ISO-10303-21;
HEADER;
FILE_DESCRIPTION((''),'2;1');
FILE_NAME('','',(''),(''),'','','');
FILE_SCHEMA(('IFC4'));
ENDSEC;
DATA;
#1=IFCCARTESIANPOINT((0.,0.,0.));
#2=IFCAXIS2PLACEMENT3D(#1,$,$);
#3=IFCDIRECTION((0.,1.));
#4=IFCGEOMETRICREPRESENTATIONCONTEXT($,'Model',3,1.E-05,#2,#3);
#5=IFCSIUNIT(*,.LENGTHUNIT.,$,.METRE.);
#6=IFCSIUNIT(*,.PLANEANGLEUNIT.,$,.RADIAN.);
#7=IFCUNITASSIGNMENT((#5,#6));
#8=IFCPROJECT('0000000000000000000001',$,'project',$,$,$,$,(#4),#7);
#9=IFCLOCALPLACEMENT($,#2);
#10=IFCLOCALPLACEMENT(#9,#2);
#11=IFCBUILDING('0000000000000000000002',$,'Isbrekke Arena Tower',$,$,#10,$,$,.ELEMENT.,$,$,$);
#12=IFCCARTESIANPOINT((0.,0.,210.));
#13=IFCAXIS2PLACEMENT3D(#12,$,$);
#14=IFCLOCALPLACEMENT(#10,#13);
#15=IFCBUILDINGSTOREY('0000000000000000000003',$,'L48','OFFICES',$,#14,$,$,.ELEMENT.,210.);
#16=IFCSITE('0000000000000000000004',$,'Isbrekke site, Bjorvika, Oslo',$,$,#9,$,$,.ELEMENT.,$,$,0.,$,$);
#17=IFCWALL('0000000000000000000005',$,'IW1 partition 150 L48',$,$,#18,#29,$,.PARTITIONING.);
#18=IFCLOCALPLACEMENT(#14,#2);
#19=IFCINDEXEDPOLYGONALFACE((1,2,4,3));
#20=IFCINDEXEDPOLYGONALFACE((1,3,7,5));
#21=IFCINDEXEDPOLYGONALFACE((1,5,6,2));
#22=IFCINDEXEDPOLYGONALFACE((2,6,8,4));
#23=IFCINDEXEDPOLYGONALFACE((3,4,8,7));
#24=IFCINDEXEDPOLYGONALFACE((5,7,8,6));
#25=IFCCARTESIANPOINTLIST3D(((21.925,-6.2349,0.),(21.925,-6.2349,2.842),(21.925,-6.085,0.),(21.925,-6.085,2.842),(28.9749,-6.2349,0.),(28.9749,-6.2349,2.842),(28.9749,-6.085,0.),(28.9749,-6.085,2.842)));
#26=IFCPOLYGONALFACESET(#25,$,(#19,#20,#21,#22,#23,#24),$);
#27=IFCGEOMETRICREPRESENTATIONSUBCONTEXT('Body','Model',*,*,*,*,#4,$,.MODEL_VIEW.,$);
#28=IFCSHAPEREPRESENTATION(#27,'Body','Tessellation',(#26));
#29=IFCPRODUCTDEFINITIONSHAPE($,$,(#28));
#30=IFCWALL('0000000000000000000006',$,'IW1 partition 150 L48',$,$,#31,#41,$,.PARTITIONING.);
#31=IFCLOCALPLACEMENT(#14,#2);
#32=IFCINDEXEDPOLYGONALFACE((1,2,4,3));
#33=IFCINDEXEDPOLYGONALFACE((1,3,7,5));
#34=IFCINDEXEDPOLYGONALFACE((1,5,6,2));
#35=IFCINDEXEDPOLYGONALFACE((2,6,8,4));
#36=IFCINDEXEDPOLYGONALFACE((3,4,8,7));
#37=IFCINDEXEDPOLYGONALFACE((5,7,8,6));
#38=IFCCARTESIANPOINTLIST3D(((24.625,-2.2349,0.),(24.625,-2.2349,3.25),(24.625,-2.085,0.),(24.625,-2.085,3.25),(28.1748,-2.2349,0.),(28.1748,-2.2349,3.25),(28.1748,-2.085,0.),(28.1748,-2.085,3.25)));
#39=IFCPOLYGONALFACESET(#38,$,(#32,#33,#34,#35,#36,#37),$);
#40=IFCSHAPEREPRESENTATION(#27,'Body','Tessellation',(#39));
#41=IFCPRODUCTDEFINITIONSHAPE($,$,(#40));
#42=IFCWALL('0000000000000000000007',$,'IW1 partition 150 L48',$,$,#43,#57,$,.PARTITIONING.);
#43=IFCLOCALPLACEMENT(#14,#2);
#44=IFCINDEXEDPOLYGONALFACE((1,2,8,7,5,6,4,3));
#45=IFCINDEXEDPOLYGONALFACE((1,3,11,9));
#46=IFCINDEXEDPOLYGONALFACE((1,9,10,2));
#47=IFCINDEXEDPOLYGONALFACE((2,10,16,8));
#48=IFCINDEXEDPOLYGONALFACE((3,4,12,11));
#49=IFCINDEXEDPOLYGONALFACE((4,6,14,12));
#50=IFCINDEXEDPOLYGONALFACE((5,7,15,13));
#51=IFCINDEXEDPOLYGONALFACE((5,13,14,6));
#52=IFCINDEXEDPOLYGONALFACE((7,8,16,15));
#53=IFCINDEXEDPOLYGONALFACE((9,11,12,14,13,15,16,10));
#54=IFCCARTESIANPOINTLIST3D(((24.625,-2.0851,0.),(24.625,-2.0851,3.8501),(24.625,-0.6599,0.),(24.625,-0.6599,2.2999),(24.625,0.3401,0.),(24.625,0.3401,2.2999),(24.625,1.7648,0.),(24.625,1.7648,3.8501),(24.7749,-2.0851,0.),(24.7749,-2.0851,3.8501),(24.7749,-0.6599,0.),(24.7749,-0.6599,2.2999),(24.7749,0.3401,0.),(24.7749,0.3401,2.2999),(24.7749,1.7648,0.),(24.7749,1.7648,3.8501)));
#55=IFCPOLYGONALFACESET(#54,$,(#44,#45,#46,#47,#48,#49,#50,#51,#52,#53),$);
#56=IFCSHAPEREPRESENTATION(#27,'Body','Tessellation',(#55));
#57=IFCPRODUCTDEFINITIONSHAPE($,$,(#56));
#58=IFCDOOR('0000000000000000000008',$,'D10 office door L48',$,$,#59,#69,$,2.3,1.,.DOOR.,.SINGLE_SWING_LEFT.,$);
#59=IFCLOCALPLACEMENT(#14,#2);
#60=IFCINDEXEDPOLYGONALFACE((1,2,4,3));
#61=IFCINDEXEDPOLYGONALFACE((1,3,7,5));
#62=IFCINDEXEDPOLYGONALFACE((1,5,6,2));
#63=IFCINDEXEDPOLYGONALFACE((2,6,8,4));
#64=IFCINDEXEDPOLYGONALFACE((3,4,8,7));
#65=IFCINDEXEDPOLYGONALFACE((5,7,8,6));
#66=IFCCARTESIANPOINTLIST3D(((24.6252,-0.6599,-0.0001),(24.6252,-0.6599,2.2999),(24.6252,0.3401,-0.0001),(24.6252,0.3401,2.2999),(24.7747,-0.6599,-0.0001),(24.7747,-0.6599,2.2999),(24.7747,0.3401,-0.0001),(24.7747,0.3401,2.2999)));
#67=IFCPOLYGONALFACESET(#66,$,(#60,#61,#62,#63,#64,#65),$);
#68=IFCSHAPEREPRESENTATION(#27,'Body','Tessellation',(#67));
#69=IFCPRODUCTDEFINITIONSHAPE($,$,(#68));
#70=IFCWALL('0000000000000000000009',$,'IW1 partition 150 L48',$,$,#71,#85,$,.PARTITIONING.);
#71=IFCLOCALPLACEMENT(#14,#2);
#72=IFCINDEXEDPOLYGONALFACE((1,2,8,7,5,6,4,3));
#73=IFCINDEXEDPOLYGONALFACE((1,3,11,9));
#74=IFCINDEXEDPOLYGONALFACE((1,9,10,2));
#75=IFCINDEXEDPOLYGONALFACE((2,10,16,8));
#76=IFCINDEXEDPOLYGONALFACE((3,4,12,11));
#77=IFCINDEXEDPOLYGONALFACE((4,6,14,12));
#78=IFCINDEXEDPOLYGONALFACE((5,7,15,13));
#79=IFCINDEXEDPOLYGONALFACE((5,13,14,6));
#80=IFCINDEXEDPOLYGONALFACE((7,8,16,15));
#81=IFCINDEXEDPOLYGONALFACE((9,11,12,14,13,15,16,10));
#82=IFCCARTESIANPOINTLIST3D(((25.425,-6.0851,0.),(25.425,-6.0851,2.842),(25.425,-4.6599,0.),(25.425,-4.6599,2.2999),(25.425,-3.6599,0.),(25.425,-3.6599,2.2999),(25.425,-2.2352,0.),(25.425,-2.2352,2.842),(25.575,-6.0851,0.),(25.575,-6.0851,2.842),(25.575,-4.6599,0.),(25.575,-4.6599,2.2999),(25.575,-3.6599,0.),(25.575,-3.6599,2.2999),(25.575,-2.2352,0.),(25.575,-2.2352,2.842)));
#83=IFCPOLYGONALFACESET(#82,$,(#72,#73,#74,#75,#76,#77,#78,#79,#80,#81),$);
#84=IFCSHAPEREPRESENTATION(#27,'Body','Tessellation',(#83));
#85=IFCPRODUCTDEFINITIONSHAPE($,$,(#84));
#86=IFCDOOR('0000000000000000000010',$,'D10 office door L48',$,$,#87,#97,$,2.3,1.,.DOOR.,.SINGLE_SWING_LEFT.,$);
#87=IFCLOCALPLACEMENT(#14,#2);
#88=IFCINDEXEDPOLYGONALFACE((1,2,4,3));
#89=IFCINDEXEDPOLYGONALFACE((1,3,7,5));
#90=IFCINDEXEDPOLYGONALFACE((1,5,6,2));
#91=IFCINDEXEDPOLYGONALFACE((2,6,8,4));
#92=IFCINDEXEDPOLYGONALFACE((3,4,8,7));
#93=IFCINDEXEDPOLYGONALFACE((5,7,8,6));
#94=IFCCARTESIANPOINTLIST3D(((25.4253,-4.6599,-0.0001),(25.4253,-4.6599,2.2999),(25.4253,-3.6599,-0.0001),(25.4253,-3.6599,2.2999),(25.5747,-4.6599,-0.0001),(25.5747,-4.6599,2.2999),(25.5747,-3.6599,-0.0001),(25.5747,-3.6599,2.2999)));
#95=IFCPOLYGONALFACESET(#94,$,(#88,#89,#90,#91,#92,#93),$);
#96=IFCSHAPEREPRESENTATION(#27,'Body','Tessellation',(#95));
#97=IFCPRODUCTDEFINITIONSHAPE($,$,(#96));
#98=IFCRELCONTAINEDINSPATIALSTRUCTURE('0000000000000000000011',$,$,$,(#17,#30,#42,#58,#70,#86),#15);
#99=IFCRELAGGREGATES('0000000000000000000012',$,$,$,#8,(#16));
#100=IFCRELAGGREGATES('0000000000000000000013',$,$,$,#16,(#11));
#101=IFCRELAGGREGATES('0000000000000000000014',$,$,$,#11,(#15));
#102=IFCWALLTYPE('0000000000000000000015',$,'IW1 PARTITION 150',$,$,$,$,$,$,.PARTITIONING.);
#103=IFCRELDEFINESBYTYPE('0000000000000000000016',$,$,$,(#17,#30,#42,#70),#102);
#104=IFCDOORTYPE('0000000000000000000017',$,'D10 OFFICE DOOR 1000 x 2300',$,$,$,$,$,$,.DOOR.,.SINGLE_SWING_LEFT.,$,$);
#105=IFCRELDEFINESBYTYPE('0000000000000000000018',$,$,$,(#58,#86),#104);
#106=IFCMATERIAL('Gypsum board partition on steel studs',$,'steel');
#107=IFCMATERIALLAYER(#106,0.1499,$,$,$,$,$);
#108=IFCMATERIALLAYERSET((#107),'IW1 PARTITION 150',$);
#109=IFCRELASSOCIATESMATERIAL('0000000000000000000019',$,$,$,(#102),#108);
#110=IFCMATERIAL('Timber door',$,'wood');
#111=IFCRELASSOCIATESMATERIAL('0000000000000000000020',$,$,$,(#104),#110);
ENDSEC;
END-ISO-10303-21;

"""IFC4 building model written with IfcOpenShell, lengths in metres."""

from ifc_helpers import new_model, si_unit, direction, frame, frame_2d, origin, place, context, subcontext, project, spatial, rectangle, extrude, material, layer, layer_set, type_object, element, fill, save


model = new_model("IFC4")

# Units and contexts
model_context = context("Model", 3, precision=1e-05, world=origin(), true_north=direction((0.0, 1.0)))
body_context = subcontext(model_context, "Body", "Model", "MODEL_VIEW")
ifc_project = project(units=[si_unit("LENGTHUNIT", "METRE"), si_unit("PLANEANGLEUNIT", "RADIAN")], contexts=[model_context])

# Site, building, storey
site_placement = place(None, origin())
site = spatial("IfcSite", under=ifc_project, at=site_placement, Name="Isbrekke site, Bjorvika, Oslo", CompositionType="ELEMENT", RefElevation=0.0)
building_placement = place(site_placement, origin())
building = spatial("IfcBuilding", under=site, at=building_placement, Name="Isbrekke Arena Tower", CompositionType="ELEMENT")
storey_placement = place(building_placement, frame((0.0, 0.0, 210.0)))
storey = spatial("IfcBuildingStorey", under=building, at=storey_placement, Name="L48", Description="OFFICES", CompositionType="ELEMENT", Elevation=210.0)

# Walls
ifc_material_1 = material(Name="Gypsum board partition on steel studs", Category="steel")
ifc_layer_1 = layer(ifc_material_1, 0.1499)
ifc_layer_set_1 = layer_set([ifc_layer_1], Name="IW1 PARTITION 150")
wall_type = type_object("IfcWallType", Name="IW1 PARTITION 150", PredefinedType="PARTITIONING", material=ifc_layer_set_1)
wall_1_placement = place(storey_placement, frame((21.925, -6.1599, 0.0), z_axis=(0.0, 0.0, 1.0), x_axis=(1.0, 0.0, 0.0)))
element("IfcWall", 1, at=wall_1_placement, inside=storey, type_object=wall_type, Name="IW1 partition 150 L48", PredefinedType="PARTITIONING", context=body_context, shape_type="SweptSolid", body=[
    extrude(rectangle(XDim=7.0498, YDim=0.1499, at=frame_2d((3.5249, 0.0))), origin(), (0.0, 0.0, 1.0), 2.842),
])
wall_2_placement = place(storey_placement, frame((24.625, -2.1599, 0.0), z_axis=(0.0, 0.0, 1.0), x_axis=(1.0, 0.0, 0.0)))
element("IfcWall", 2, at=wall_2_placement, inside=storey, type_object=wall_type, Name="IW1 partition 150 L48", PredefinedType="PARTITIONING", context=body_context, shape_type="SweptSolid", body=[
    extrude(rectangle(XDim=3.5498, YDim=0.1499, at=frame_2d((1.7749, 0.0))), origin(), (0.0, 0.0, 1.0), 3.25),
])

# Walls, openings, doors
wall_3_placement = place(storey_placement, frame((24.7, -2.085, 0.0), z_axis=(0.0, 0.0, 1.0), x_axis=(0.0, 1.0, 0.0)))
wall_3 = element("IfcWall", 3, at=wall_3_placement, inside=storey, type_object=wall_type, Name="IW1 partition 150 L48", PredefinedType="PARTITIONING", context=body_context, shape_type="SweptSolid", body=[
    extrude(rectangle(XDim=3.8499, YDim=0.1499, at=frame_2d((1.9248, 0.0))), origin(), (0.0, 0.0, 1.0), 3.8501),
])
opening_1_placement = place(wall_3_placement, frame((1.425, 0.0, 0.0)))
opening_1 = element("IfcOpeningElement", 4, at=opening_1_placement, cuts=wall_3, PredefinedType="OPENING", context=body_context, shape_type="SweptSolid", body=[
    extrude(rectangle(XDim=1.0, YDim=2.3, at=frame_2d((0.5, 1.1499))), frame((0.0, 0.0898, 0.0), z_axis=(0.0, -1.0, 0.0), x_axis=(1.0, 0.0, 0.0)), (0.0, 0.0, 1.0), 0.1797),
])
ifc_material_2 = material(Name="Timber door", Category="wood")
door_type = type_object("IfcDoorType", Name="D10 OFFICE DOOR 1000 x 2300", OperationType="SINGLE_SWING_LEFT", PredefinedType="DOOR", material=ifc_material_2)
door_1_placement = place(opening_1_placement, origin())
door_1 = element("IfcDoor", 5, at=door_1_placement, inside=storey, type_object=door_type, Name="D10 office door L48", OperationType="SINGLE_SWING_LEFT", OverallHeight=2.3, OverallWidth=1.0, PredefinedType="DOOR", context=body_context, shape_type="SweptSolid", body=[
    extrude(rectangle(XDim=1.0, YDim=2.3, at=frame_2d((0.5, 1.1499))), frame((0.0, 0.0747, 0.0), z_axis=(0.0, -1.0, 0.0), x_axis=(1.0, 0.0, 0.0)), (0.0, 0.0, 1.0), 0.1494),
])
fill(opening_1, door_1)
wall_4_placement = place(storey_placement, frame((25.5, -6.085, 0.0), z_axis=(0.0, 0.0, 1.0), x_axis=(0.0, 1.0, 0.0)))
wall_4 = element("IfcWall", 6, at=wall_4_placement, inside=storey, type_object=wall_type, Name="IW1 partition 150 L48", PredefinedType="PARTITIONING", context=body_context, shape_type="SweptSolid", body=[
    extrude(rectangle(XDim=3.8499, YDim=0.1499, at=frame_2d((1.9248, 0.0))), origin(), (0.0, 0.0, 1.0), 2.842),
])
opening_2_placement = place(wall_4_placement, frame((1.425, 0.0, 0.0)))
opening_2 = element("IfcOpeningElement", 7, at=opening_2_placement, cuts=wall_4, PredefinedType="OPENING", context=body_context, shape_type="SweptSolid", body=[
    extrude(rectangle(XDim=1.0, YDim=2.3, at=frame_2d((0.5, 1.1499))), frame((0.0, 0.0898, 0.0), z_axis=(0.0, -1.0, 0.0), x_axis=(1.0, 0.0, 0.0)), (0.0, 0.0, 1.0), 0.1797),
])
door_2_placement = place(opening_2_placement, origin())
door_2 = element("IfcDoor", 8, at=door_2_placement, inside=storey, type_object=door_type, Name="D10 office door L48", OperationType="SINGLE_SWING_LEFT", OverallHeight=2.3, OverallWidth=1.0, PredefinedType="DOOR", context=body_context, shape_type="SweptSolid", body=[
    extrude(rectangle(XDim=1.0, YDim=2.3, at=frame_2d((0.5, 1.1499))), frame((0.0, 0.0747, 0.0), z_axis=(0.0, -1.0, 0.0), x_axis=(1.0, 0.0, 0.0)), (0.0, 0.0, 1.0), 0.1494),
])
fill(opening_2, door_2)

save(model, "model.ifc")
